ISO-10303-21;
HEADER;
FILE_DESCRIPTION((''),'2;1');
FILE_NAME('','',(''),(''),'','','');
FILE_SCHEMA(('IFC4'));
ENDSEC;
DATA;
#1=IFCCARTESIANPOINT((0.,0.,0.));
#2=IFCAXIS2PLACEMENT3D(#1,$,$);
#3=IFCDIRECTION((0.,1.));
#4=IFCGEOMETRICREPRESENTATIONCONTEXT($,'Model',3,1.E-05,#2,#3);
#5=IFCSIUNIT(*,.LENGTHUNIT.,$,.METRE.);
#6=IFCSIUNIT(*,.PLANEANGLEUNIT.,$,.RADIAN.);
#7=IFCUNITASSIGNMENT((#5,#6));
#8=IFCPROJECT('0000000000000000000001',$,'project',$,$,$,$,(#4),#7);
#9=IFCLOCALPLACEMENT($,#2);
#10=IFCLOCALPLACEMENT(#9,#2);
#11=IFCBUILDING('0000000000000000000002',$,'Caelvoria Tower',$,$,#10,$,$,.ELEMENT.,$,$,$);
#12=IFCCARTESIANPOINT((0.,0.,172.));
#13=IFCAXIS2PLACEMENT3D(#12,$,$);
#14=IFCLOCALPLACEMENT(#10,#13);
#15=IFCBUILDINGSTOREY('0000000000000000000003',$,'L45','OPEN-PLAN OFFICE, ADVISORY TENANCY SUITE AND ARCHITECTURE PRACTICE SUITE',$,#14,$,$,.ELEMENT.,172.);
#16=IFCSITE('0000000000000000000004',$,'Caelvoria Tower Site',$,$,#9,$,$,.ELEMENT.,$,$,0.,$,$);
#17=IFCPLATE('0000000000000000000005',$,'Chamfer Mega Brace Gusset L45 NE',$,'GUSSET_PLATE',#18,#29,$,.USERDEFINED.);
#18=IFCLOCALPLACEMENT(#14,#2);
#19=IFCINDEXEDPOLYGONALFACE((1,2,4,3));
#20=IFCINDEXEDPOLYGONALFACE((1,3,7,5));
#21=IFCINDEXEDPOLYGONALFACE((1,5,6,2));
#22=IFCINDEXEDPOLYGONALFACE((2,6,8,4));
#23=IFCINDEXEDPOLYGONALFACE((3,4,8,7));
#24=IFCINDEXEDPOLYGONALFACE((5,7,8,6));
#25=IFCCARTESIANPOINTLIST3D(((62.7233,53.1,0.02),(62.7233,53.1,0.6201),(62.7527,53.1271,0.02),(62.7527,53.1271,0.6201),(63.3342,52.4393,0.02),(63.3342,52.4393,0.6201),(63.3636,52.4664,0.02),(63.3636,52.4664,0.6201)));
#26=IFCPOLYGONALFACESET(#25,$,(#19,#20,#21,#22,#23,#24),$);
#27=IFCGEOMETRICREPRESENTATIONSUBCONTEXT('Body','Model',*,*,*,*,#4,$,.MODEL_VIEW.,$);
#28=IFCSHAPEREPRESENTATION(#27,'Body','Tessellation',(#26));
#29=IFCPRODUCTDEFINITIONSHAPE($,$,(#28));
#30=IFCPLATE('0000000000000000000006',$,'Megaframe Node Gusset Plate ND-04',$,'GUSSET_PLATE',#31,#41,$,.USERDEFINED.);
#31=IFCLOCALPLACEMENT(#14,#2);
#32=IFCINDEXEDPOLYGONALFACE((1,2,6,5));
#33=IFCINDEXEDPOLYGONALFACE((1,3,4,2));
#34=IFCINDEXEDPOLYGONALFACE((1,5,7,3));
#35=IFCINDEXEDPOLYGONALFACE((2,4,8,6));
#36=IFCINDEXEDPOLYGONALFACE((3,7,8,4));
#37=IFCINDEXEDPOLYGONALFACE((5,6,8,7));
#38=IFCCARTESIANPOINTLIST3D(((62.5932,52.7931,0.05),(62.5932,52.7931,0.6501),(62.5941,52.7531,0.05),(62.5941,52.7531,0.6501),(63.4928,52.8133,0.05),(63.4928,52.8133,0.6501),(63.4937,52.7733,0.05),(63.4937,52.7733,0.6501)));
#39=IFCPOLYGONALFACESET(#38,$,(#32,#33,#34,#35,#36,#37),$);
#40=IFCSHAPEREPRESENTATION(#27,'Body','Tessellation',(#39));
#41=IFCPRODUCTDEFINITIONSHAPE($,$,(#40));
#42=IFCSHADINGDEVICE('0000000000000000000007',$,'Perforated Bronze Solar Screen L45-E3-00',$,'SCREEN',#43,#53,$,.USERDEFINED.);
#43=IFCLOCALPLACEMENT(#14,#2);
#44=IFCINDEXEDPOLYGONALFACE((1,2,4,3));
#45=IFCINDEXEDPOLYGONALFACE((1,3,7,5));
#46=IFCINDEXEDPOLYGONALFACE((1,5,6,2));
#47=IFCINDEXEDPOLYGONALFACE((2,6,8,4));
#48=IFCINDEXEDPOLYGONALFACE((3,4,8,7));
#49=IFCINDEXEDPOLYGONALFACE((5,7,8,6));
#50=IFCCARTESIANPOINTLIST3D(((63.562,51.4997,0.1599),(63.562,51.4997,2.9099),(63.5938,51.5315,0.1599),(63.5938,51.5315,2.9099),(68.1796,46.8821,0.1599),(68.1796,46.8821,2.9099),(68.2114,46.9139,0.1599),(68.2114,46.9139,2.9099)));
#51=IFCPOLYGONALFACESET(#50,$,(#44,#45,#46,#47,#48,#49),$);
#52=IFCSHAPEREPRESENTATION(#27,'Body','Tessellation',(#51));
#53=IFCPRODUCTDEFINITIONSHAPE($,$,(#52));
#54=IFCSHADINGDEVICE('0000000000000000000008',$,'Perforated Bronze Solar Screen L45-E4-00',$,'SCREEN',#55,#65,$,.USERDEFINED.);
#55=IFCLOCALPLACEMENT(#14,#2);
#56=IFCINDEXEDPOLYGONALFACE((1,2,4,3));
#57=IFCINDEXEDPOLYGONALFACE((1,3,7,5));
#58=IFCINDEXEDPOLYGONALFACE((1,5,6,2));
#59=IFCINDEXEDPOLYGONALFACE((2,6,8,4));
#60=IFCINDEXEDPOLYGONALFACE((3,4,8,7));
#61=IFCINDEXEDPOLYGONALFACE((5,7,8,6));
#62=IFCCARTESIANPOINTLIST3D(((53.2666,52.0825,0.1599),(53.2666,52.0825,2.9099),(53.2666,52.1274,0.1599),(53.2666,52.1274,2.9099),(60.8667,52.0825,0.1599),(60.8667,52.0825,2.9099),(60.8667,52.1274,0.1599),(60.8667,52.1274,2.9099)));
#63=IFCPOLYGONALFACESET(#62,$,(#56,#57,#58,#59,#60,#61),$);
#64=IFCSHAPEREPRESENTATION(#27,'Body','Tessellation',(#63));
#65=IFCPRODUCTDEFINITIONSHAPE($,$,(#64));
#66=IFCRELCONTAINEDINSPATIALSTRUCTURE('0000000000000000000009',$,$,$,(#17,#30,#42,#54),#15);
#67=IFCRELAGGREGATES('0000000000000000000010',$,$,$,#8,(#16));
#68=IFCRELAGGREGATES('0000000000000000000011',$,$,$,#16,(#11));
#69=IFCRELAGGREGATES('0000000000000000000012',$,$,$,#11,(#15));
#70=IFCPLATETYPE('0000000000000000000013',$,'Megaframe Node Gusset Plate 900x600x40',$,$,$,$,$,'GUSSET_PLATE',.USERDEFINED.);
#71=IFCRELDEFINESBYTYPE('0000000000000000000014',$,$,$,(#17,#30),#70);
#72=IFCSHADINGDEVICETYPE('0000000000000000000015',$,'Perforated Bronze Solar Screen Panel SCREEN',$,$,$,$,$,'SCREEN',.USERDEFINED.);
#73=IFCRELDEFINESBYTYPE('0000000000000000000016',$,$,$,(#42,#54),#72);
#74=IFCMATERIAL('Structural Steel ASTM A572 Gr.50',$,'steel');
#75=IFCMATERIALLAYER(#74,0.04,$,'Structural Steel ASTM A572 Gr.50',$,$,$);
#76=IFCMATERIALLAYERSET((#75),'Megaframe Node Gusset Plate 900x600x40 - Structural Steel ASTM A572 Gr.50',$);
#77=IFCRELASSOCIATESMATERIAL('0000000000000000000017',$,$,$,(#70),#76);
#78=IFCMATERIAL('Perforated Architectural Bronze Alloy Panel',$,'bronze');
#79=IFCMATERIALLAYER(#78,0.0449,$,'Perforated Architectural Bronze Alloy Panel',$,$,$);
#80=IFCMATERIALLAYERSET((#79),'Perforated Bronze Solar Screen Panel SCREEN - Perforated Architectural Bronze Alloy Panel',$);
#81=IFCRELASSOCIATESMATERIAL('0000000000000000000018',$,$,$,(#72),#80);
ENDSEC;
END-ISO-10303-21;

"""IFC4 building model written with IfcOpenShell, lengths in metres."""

from ifc_helpers import new_model, si_unit, direction, frame, origin, origin_2d, place, context, subcontext, project, spatial, rectangle, extrude, material, layer, layer_set, type_object, element, save


model = new_model("IFC4")

# Units and contexts
model_context = context("Model", 3, precision=1e-05, world=origin(), true_north=direction((0.0, 1.0)))
body_context = subcontext(model_context, "Body", "Model", "MODEL_VIEW")
ifc_project = project(units=[si_unit("LENGTHUNIT", "METRE"), si_unit("PLANEANGLEUNIT", "RADIAN")], contexts=[model_context])

# Site, building, storey
site_placement = place(None, origin())
site = spatial("IfcSite", under=ifc_project, at=site_placement, Name="Caelvoria Tower Site", CompositionType="ELEMENT", RefElevation=0.0)
building_placement = place(site_placement, origin())
building = spatial("IfcBuilding", under=site, at=building_placement, Name="Caelvoria Tower", CompositionType="ELEMENT")
storey_placement = place(building_placement, frame((0.0, 0.0, 172.0)))
storey = spatial("IfcBuildingStorey", under=building, at=storey_placement, Name="L45", Description="OPEN-PLAN OFFICE, ADVISORY TENANCY SUITE AND ARCHITECTURE PRACTICE SUITE", CompositionType="ELEMENT", Elevation=172.0)

# Shared definitions
ifc_material_1 = material(Name="Structural Steel ASTM A572 Gr.50", Category="steel")

# Plates
ifc_layer_1 = layer(ifc_material_1, 0.04, Name="Structural Steel ASTM A572 Gr.50")
ifc_layer_set_1 = layer_set([ifc_layer_1], Name="Megaframe Node Gusset Plate 900x600x40 - Structural Steel ASTM A572 Gr.50")
plate_type_1 = type_object("IfcPlateType", Name="Megaframe Node Gusset Plate 900x600x40", ElementType="GUSSET_PLATE", PredefinedType="USERDEFINED", material=ifc_layer_set_1)
for number, where, z_axis, x_axis, name in (
    (1, (63.0435, 52.7832, 0.02), (0.0, 0.0, 1.0), (0.678931, -0.734202, 0.0), "Chamfer Mega Brace Gusset L45 NE"),
    (2, (63.0435, 52.7832, 0.05), (0.0, 0.0, 1.0), (-0.999747, -0.022483, 0.0), "Megaframe Node Gusset Plate ND-04"),
):
    element("IfcPlate", number, at=place(storey_placement, frame(where, z_axis=z_axis, x_axis=x_axis)), inside=storey, type_object=plate_type_1, Name=name, ObjectType="GUSSET_PLATE", PredefinedType="USERDEFINED", context=body_context, shape_type="SweptSolid", body=[
        extrude(rectangle(XDim=0.8999, YDim=0.04, at=origin_2d()), origin(), (0.0, 0.0, 1.0), 0.6001),
    ])

# Shading devices
ifc_material_2 = material(Name="Perforated Architectural Bronze Alloy Panel", Category="bronze")
ifc_layer_2 = layer(ifc_material_2, 0.0449, Name="Perforated Architectural Bronze Alloy Panel")
ifc_layer_set_2 = layer_set([ifc_layer_2], Name="Perforated Bronze Solar Screen Panel SCREEN - Perforated Architectural Bronze Alloy Panel")
shading_device_type = type_object("IfcShadingDeviceType", Name="Perforated Bronze Solar Screen Panel SCREEN", ElementType="SCREEN", PredefinedType="USERDEFINED", material=ifc_layer_set_2)
shading_device_1_placement = place(storey_placement, frame((65.8867, 49.2068, 0.1599), z_axis=(0.0, 0.0, 1.0), x_axis=(-0.707107, 0.707107, 0.0)))
element("IfcShadingDevice", 3, at=shading_device_1_placement, inside=storey, type_object=shading_device_type, Name="Perforated Bronze Solar Screen L45-E3-00", ObjectType="SCREEN", PredefinedType="USERDEFINED", context=body_context, shape_type="SweptSolid", body=[
    extrude(rectangle(XDim=6.5303, YDim=0.0449, at=origin_2d()), origin(), (0.0, 0.0, 1.0), 2.75),
])
shading_device_2_placement = place(storey_placement, frame((57.0667, 52.105, 0.1599), z_axis=(0.0, 0.0, 1.0), x_axis=(-1.0, 0.0, 0.0)))
element("IfcShadingDevice", 4, at=shading_device_2_placement, inside=storey, type_object=shading_device_type, Name="Perforated Bronze Solar Screen L45-E4-00", ObjectType="SCREEN", PredefinedType="USERDEFINED", context=body_context, shape_type="SweptSolid", body=[
    extrude(rectangle(XDim=7.6001, YDim=0.0449, at=origin_2d()), origin(), (0.0, 0.0, 1.0), 2.75),
])

save(model, "model.ifc")
